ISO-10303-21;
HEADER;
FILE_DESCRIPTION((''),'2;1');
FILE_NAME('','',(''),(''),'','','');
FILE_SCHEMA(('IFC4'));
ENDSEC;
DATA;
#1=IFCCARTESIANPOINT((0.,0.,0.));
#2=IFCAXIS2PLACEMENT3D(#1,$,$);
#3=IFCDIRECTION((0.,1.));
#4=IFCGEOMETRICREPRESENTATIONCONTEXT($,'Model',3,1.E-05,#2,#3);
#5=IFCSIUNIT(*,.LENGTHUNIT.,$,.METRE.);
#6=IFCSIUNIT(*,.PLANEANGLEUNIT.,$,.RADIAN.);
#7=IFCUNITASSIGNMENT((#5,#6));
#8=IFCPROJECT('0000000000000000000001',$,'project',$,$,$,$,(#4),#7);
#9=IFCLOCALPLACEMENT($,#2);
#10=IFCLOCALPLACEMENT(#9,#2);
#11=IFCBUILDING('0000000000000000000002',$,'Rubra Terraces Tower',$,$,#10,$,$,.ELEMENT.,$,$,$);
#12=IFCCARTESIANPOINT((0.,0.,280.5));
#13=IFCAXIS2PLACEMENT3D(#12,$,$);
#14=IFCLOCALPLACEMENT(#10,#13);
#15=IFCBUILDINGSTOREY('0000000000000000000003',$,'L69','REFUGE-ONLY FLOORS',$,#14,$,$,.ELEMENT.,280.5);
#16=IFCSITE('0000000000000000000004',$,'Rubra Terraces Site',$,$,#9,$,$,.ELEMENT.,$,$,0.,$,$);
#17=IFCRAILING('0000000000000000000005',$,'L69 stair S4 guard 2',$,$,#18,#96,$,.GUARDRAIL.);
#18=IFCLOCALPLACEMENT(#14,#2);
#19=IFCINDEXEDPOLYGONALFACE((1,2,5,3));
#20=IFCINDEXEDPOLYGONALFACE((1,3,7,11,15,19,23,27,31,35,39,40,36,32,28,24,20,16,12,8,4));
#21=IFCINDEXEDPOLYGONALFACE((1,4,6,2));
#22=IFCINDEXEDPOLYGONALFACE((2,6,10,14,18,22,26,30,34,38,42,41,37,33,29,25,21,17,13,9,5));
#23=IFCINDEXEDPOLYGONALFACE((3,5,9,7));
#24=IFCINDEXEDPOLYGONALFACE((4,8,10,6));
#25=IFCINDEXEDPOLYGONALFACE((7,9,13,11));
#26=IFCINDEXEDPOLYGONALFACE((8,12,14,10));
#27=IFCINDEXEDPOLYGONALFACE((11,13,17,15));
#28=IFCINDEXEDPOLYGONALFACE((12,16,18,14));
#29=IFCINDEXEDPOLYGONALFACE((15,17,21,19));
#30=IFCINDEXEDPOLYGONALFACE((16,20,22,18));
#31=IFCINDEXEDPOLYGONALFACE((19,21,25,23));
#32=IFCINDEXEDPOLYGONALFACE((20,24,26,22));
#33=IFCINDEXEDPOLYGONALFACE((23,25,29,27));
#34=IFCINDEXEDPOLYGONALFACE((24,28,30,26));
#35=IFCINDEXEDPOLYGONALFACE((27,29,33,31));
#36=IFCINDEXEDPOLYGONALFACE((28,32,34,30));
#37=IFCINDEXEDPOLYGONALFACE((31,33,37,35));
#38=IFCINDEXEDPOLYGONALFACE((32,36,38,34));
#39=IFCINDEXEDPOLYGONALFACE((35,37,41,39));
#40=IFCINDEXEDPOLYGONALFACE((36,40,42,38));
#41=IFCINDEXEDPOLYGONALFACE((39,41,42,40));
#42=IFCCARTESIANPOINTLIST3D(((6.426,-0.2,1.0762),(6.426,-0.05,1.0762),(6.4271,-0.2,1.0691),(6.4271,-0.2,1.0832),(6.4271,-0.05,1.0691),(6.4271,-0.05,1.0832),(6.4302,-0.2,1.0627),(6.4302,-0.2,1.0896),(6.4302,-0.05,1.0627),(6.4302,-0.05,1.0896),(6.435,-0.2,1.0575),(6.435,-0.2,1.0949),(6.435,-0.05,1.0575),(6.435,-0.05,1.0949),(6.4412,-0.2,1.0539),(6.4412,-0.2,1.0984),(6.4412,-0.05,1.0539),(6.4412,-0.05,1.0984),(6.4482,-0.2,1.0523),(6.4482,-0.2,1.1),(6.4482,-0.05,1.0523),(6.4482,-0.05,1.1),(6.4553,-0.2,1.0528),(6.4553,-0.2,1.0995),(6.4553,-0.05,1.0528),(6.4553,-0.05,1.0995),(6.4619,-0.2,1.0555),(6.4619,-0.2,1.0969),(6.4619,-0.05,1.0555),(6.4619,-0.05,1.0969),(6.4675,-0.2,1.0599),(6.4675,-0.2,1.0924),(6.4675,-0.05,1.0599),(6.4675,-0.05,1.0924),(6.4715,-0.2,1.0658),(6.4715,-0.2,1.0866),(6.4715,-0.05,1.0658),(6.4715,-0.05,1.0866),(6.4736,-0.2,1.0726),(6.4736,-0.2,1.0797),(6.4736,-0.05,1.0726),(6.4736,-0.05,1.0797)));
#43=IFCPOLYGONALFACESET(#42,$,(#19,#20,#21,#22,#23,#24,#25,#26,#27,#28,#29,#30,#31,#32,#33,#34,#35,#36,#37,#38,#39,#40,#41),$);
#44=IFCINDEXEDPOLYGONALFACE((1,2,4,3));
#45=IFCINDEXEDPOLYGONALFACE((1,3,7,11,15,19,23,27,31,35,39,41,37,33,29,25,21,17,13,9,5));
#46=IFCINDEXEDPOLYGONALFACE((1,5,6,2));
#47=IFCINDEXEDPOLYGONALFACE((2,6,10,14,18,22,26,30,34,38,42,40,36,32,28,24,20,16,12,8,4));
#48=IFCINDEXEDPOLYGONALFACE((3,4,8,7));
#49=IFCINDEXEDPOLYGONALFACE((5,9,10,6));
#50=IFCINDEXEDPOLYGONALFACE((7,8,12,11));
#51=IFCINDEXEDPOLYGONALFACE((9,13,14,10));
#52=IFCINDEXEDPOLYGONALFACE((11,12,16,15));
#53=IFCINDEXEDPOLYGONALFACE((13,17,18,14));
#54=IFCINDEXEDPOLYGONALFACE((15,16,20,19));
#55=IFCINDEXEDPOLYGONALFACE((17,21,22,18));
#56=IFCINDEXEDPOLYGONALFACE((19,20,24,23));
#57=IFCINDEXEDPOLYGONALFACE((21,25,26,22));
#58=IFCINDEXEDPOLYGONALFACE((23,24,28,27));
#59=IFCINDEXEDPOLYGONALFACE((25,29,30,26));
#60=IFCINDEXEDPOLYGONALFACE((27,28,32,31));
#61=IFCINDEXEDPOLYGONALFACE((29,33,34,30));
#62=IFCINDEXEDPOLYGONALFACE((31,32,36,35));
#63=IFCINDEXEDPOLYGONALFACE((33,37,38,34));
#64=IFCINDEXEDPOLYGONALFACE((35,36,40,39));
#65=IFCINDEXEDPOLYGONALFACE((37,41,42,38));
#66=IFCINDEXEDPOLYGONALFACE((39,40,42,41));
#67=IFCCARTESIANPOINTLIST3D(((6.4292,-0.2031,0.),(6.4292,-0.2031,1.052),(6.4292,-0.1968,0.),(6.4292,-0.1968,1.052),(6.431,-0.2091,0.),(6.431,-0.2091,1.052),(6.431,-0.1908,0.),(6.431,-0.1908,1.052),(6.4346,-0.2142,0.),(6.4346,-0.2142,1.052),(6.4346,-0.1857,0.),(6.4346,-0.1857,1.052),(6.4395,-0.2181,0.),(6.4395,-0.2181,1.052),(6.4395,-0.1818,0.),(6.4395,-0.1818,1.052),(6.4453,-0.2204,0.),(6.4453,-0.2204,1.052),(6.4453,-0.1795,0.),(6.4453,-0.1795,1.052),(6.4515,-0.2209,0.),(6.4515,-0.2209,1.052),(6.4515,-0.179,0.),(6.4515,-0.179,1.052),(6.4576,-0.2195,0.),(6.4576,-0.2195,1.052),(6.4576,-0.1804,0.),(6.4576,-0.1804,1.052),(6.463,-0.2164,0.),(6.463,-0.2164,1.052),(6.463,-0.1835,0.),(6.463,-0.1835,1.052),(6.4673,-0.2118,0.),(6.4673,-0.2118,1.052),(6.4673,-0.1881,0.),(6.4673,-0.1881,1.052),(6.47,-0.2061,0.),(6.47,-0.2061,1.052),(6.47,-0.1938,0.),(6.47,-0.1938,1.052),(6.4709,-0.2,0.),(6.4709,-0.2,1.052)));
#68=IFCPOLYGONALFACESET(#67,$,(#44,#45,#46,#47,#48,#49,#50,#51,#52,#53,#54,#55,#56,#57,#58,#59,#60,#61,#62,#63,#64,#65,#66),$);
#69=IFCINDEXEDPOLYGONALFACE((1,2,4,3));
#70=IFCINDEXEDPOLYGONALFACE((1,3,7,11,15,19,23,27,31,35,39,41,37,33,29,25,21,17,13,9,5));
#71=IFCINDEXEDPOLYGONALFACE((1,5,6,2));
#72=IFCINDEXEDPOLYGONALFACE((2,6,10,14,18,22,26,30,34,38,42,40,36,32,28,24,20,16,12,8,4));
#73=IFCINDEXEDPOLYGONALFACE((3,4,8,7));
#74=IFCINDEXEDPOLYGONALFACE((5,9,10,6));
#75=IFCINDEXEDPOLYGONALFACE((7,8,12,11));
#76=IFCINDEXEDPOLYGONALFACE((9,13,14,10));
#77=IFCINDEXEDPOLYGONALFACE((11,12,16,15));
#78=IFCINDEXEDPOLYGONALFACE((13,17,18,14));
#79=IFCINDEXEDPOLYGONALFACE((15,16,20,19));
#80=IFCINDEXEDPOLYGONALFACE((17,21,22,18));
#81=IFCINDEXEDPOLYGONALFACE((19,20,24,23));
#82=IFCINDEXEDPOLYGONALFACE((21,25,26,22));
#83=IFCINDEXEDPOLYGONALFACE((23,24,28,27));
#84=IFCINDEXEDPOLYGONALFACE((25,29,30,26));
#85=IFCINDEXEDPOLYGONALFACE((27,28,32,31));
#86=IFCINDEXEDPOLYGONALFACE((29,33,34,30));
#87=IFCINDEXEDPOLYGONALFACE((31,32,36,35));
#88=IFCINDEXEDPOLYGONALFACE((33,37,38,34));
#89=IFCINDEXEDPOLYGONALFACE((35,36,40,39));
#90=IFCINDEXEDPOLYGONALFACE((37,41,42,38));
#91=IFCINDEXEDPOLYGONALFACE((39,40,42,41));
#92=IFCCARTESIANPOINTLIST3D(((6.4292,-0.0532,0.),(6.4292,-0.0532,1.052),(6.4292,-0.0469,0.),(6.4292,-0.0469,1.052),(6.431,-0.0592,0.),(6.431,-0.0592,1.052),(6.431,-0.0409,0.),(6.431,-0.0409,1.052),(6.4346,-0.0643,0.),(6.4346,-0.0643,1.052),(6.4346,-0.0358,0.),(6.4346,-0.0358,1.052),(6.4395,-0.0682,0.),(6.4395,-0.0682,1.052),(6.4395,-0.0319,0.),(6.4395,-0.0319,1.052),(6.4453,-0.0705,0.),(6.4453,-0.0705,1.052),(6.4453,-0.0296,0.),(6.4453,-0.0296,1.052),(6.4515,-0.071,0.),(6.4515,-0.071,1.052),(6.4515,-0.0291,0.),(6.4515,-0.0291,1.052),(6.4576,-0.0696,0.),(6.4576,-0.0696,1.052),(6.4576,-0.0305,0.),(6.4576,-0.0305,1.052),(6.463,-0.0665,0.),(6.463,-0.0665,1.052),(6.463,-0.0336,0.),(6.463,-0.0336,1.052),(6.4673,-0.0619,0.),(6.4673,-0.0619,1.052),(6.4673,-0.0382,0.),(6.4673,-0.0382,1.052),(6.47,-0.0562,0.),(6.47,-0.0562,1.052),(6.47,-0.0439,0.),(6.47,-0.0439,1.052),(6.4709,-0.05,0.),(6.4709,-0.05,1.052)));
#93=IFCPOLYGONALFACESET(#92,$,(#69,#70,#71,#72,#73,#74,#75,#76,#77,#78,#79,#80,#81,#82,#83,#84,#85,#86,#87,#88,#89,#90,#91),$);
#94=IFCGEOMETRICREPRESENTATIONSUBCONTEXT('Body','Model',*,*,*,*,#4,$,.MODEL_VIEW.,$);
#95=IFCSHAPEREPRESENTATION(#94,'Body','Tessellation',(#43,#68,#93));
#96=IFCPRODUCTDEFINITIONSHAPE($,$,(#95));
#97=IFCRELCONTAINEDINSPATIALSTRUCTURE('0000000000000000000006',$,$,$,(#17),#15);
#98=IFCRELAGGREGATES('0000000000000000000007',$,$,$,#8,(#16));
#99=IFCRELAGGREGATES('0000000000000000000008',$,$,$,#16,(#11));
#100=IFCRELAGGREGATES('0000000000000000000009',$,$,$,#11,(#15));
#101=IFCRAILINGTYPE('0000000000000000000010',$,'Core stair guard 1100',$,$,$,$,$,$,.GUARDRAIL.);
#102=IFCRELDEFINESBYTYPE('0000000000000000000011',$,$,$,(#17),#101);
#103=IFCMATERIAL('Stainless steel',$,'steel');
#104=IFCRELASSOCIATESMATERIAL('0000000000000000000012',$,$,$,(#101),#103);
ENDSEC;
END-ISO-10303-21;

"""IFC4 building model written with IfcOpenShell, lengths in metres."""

from ifc_helpers import new_model, si_unit, direction, frame, origin, origin_2d, place, context, subcontext, project, spatial, circle, extrude, material, type_object, element, save


model = new_model("IFC4")

# Units and contexts
model_context = context("Model", 3, precision=1e-05, world=origin(), true_north=direction((0.0, 1.0)))
body_context = subcontext(model_context, "Body", "Model", "MODEL_VIEW")
ifc_project = project(units=[si_unit("LENGTHUNIT", "METRE"), si_unit("PLANEANGLEUNIT", "RADIAN")], contexts=[model_context])

# Site, building, storey
site_placement = place(None, origin())
site = spatial("IfcSite", under=ifc_project, at=site_placement, Name="Rubra Terraces Site", CompositionType="ELEMENT", RefElevation=0.0)
building_placement = place(site_placement, origin())
building = spatial("IfcBuilding", under=site, at=building_placement, Name="Rubra Terraces Tower", CompositionType="ELEMENT")
storey_placement = place(building_placement, frame((0.0, 0.0, 280.5)))
storey = spatial("IfcBuildingStorey", under=building, at=storey_placement, Name="L69", Description="REFUGE-ONLY FLOORS", CompositionType="ELEMENT", Elevation=280.5)

# Railing
ifc_material_1 = material(Name="Stainless steel", Category="steel")
railing_type_1 = type_object("IfcRailingType", Name="Core stair guard 1100", PredefinedType="GUARDRAIL", material=ifc_material_1)
railing_1_placement = place(storey_placement, frame((6.45, -0.2, 0.0)))
element("IfcRailing", 1, at=railing_1_placement, inside=storey, type_object=railing_type_1, Name="L69 stair S4 guard 2", PredefinedType="GUARDRAIL", context=body_context, shape_type="SweptSolid", body=[
    extrude(circle(Radius=0.0239, at=origin_2d()), frame((0.0, 0.0, 1.0762), z_axis=(0.0, 1.0, 0.0), x_axis=(-1.0, 0.0, 0.0)), (0.0, 0.0, 1.0), 0.1499),
    extrude(circle(Radius=0.021, at=origin_2d()), origin(), (0.0, 0.0, 1.0), 1.052),
    extrude(circle(Radius=0.021, at=origin_2d()), frame((0.0, 0.1499, 0.0)), (0.0, 0.0, 1.0), 1.052),
])

save(model, "model.ifc")
